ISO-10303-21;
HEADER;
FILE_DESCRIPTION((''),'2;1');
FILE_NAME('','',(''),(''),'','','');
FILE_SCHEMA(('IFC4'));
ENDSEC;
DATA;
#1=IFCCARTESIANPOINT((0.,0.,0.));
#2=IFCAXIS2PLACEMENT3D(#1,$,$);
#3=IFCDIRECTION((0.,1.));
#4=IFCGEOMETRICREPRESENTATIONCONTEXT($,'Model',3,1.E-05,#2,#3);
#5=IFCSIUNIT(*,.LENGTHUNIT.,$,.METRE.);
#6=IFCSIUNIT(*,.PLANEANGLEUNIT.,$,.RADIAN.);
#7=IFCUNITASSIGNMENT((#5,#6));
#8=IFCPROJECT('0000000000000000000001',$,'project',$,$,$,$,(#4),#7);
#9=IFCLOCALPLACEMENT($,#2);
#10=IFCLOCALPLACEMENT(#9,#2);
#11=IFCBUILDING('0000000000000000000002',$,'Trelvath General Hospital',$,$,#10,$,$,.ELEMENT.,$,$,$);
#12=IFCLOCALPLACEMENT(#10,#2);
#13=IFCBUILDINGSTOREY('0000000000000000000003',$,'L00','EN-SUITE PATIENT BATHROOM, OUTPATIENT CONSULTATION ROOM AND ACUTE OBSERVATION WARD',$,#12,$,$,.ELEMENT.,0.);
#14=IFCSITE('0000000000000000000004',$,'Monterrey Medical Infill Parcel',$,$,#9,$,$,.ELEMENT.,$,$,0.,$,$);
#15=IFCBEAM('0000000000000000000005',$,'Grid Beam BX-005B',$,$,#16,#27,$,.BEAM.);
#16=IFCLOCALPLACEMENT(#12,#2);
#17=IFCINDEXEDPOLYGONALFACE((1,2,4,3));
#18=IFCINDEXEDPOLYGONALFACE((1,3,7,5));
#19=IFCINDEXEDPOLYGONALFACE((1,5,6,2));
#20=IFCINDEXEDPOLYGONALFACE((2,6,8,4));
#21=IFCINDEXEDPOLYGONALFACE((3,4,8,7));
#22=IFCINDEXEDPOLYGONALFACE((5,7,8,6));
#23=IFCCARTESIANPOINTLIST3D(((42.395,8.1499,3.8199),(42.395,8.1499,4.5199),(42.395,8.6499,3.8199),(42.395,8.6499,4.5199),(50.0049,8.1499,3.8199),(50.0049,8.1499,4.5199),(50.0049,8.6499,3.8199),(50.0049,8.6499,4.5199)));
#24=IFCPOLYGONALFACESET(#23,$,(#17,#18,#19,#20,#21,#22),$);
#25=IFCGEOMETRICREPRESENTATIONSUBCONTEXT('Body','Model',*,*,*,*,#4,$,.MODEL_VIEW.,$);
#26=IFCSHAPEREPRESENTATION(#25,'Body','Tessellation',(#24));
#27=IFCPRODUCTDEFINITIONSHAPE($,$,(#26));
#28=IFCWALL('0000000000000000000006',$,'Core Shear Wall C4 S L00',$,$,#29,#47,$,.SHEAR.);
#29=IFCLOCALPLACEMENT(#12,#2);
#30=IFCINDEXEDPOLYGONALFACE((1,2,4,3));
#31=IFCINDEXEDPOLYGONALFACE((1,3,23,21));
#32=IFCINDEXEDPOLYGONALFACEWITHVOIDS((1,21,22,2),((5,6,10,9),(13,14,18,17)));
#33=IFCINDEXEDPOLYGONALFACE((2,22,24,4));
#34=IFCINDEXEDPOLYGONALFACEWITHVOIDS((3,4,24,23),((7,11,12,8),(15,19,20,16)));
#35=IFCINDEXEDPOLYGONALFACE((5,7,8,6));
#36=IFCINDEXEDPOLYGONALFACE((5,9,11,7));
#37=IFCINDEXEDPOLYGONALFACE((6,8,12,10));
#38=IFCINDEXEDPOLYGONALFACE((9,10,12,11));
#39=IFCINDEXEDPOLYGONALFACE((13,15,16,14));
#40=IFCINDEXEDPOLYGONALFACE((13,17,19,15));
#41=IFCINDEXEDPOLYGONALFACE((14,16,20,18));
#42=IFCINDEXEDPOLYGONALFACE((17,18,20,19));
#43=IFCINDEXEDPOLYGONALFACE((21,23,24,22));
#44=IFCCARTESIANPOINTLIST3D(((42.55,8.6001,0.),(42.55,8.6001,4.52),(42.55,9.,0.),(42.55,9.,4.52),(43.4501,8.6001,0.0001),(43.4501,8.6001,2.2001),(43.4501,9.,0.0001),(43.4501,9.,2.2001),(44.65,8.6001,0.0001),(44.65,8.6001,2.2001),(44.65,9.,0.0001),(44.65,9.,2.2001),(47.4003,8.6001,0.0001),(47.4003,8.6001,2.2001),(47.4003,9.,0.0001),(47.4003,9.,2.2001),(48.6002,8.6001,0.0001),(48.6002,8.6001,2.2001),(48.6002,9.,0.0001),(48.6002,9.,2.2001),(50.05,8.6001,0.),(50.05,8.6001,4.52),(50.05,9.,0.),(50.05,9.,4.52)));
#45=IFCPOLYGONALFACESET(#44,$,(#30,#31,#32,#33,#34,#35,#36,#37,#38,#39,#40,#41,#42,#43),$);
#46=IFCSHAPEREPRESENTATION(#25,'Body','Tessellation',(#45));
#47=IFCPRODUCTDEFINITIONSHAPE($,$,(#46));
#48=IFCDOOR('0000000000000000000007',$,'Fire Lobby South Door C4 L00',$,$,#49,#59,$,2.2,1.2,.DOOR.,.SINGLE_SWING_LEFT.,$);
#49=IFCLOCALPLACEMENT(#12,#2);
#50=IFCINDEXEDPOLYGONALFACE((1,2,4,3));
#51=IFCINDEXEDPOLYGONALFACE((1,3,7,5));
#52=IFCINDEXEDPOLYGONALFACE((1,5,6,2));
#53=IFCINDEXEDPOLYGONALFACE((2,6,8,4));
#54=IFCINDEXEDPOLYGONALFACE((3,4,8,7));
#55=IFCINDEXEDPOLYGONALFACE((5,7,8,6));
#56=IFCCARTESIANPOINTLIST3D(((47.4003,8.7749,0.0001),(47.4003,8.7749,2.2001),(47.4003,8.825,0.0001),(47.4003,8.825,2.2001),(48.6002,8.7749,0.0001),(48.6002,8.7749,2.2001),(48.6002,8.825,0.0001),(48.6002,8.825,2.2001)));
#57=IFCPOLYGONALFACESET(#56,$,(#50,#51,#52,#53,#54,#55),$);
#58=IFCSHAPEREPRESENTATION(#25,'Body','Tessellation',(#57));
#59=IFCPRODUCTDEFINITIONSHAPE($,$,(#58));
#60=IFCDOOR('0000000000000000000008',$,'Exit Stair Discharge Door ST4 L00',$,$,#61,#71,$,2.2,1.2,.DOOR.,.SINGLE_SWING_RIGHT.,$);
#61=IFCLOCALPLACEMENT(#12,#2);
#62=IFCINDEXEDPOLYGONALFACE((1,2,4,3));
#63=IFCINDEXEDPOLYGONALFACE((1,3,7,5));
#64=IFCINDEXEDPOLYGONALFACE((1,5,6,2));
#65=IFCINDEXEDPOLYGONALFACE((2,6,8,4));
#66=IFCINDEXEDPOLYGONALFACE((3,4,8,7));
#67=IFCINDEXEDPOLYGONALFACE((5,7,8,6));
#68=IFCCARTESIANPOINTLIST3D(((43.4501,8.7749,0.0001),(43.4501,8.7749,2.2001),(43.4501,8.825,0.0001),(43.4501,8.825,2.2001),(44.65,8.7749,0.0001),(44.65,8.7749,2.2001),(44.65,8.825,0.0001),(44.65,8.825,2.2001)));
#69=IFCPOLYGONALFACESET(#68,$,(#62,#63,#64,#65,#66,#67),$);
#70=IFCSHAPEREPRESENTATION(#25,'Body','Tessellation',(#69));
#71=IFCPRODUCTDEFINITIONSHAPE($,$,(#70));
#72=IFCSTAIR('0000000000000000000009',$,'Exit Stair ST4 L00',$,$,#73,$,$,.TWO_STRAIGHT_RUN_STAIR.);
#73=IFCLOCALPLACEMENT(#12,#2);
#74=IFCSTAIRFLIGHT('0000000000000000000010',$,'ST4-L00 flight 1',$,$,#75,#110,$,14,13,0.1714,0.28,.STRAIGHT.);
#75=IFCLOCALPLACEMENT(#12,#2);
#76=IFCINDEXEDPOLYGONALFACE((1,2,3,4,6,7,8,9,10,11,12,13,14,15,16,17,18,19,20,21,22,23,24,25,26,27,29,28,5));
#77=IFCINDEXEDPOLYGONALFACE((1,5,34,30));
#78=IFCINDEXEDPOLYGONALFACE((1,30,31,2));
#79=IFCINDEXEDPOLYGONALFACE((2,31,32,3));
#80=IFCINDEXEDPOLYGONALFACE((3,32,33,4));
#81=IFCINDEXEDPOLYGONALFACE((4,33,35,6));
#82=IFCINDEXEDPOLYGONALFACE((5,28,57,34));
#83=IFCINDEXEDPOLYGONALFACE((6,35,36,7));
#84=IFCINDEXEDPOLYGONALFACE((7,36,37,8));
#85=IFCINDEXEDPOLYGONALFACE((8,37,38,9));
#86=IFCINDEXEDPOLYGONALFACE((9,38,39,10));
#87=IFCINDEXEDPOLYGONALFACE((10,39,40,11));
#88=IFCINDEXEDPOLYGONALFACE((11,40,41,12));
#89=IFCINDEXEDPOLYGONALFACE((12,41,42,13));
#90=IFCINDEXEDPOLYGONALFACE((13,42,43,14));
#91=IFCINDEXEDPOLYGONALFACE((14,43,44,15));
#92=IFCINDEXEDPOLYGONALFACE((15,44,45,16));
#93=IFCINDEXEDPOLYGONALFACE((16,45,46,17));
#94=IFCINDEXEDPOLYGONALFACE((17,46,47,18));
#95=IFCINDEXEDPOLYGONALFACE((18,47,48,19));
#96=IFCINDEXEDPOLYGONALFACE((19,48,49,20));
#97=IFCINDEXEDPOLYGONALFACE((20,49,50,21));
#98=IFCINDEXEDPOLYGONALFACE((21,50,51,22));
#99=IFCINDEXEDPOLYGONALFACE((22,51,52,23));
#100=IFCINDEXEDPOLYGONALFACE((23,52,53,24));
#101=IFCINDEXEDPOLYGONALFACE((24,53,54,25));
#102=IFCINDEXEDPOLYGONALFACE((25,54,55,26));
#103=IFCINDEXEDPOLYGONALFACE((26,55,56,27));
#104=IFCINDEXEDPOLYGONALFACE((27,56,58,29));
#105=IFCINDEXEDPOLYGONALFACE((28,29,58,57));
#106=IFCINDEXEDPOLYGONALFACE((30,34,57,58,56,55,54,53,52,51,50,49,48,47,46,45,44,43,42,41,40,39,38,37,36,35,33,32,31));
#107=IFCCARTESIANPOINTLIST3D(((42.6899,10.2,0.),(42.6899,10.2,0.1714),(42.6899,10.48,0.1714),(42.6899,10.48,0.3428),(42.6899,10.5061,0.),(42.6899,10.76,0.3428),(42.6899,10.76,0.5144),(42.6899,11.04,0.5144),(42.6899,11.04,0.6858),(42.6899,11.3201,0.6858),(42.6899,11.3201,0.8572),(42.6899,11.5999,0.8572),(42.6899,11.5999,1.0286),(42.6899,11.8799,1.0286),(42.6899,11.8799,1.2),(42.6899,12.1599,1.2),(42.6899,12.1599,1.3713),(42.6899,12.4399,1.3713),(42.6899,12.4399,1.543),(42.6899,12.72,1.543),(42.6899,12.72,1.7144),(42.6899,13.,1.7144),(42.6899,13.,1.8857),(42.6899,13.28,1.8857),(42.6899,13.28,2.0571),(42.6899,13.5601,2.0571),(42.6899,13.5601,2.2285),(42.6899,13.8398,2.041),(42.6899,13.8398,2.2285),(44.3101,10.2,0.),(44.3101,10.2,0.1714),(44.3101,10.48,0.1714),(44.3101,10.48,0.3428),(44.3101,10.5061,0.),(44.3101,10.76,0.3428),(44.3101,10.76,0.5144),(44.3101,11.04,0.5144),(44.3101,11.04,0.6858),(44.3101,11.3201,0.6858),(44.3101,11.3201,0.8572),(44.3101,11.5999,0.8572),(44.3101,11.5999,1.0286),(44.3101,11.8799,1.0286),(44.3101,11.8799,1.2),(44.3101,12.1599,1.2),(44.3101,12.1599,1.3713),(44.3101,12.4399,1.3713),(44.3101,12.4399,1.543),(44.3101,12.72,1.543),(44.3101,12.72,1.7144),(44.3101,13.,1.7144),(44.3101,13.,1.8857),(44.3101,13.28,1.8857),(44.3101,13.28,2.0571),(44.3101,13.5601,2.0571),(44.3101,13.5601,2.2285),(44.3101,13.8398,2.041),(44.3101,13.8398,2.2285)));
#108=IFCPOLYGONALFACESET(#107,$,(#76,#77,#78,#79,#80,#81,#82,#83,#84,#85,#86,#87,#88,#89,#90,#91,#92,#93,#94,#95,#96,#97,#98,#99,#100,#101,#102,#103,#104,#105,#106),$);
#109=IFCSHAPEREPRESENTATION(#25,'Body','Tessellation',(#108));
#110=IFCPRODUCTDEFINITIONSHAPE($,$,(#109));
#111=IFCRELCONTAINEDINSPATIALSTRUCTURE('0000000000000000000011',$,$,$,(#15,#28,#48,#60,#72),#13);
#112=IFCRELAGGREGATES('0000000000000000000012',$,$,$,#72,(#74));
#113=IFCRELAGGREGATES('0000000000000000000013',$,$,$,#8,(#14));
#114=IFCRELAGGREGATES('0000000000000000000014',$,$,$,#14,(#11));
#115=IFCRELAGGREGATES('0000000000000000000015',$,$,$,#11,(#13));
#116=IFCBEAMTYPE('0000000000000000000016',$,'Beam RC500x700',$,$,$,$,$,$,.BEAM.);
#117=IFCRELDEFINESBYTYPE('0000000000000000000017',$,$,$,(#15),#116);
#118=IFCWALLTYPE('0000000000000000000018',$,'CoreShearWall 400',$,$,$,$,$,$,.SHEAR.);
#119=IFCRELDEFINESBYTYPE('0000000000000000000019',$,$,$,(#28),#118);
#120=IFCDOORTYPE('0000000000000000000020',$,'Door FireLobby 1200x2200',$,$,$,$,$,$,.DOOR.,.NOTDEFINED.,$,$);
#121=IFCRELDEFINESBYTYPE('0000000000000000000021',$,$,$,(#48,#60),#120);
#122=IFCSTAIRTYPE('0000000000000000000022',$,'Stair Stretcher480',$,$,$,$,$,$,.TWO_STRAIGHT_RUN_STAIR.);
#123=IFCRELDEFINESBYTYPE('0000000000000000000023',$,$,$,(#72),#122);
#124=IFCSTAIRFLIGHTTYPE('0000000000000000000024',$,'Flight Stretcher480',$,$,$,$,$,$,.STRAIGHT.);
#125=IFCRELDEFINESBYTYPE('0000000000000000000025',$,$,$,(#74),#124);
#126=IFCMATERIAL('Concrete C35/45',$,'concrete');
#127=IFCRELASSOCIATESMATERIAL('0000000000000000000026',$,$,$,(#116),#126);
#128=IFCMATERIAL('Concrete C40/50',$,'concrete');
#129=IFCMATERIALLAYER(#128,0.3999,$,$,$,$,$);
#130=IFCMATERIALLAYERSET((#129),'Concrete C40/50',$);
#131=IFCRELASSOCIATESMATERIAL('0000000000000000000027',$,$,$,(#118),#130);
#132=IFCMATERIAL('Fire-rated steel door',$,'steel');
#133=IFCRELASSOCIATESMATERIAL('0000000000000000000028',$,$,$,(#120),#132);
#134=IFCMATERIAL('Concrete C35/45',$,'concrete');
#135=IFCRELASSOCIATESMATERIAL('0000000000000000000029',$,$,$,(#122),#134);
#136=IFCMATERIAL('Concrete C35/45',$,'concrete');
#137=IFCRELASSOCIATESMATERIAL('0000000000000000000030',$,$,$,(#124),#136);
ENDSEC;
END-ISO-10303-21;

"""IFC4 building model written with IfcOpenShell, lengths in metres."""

from ifc_helpers import new_model, si_unit, direction, frame, frame_2d, origin, origin_2d, place, context, subcontext, project, spatial, polyline, rectangle, outline, extrude, material, layer, layer_set, material_profile, profile_set, type_object, element, fill, aggregate, save


model = new_model("IFC4")

# Units and contexts
model_context = context("Model", 3, precision=1e-05, world=origin(), true_north=direction((0.0, 1.0)))
body_context = subcontext(model_context, "Body", "Model", "MODEL_VIEW")
ifc_project = project(units=[si_unit("LENGTHUNIT", "METRE"), si_unit("PLANEANGLEUNIT", "RADIAN")], contexts=[model_context])

# Site, building, storey
site_placement = place(None, origin())
site = spatial("IfcSite", under=ifc_project, at=site_placement, Name="Monterrey Medical Infill Parcel", CompositionType="ELEMENT", RefElevation=0.0)
building_placement = place(site_placement, origin())
building = spatial("IfcBuilding", under=site, at=building_placement, Name="Trelvath General Hospital", CompositionType="ELEMENT")
storey_placement = place(building_placement, origin())
storey = spatial("IfcBuildingStorey", under=building, at=storey_placement, Name="L00", Description="EN-SUITE PATIENT BATHROOM, OUTPATIENT CONSULTATION ROOM AND ACUTE OBSERVATION WARD", CompositionType="ELEMENT", Elevation=0.0)

# Beam
ifc_material_1 = material(Name="Concrete C35/45", Category="concrete")
ifc_material_profile_1 = material_profile(ifc_material_1, rectangle(XDim=0.5, YDim=0.7, at=origin_2d()), Name="RCB500x700")
ifc_profile_set_1 = profile_set([ifc_material_profile_1], Name="Concrete C35/45")
beam_type_1 = type_object("IfcBeamType", Name="Beam RC500x700", PredefinedType="BEAM", material=ifc_profile_set_1)
beam_1_placement = place(storey_placement, frame((42.395, 8.3999, 4.1699), z_axis=(1.0, 0.0, 0.0), x_axis=(0.0, 1.0, 0.0)))
element("IfcBeam", 1, at=beam_1_placement, inside=storey, type_object=beam_type_1, Name="Grid Beam BX-005B", PredefinedType="BEAM", context=body_context, shape_type="SweptSolid", body=[
    extrude(rectangle(XDim=0.5, YDim=0.7, at=origin_2d()), origin(), (0.0, 0.0, 1.0), 7.6099),
])

# Wall, openings, doors
ifc_material_2 = material(Name="Concrete C40/50", Category="concrete")
ifc_layer_1 = layer(ifc_material_2, 0.3999)
ifc_layer_set_1 = layer_set([ifc_layer_1], Name="Concrete C40/50")
wall_type_1 = type_object("IfcWallType", Name="CoreShearWall 400", PredefinedType="SHEAR", material=ifc_layer_set_1)
wall_1_placement = place(storey_placement, frame((42.55, 8.8, 0.0), z_axis=(0.0, 0.0, 1.0), x_axis=(1.0, 0.0, 0.0)))
wall_1 = element("IfcWall", 2, at=wall_1_placement, inside=storey, type_object=wall_type_1, Name="Core Shear Wall C4 S L00", PredefinedType="SHEAR", context=body_context, shape_type="SweptSolid", body=[
    extrude(rectangle(XDim=7.5, YDim=0.3999, at=frame_2d((3.75, 0.0))), origin(), (0.0, 0.0, 1.0), 4.52),
])
opening_1_placement = place(wall_1_placement, frame((4.8501, 0.0, 0.0)))
opening_1 = element("IfcOpeningElement", 3, at=opening_1_placement, cuts=wall_1, PredefinedType="OPENING", context=body_context, shape_type="SweptSolid", body=[
    extrude(rectangle(XDim=1.2, YDim=2.2, at=frame_2d((0.6001, 1.1001))), frame((0.0, 0.21, 0.0), z_axis=(0.0, -1.0, 0.0), x_axis=(1.0, 0.0, 0.0)), (0.0, 0.0, 1.0), 0.4199),
])
opening_2_placement = place(wall_1_placement, frame((0.8999, 0.0, 0.0)))
opening_2 = element("IfcOpeningElement", 4, at=opening_2_placement, cuts=wall_1, PredefinedType="OPENING", context=body_context, shape_type="SweptSolid", body=[
    extrude(rectangle(XDim=1.2, YDim=2.2, at=frame_2d((0.6001, 1.1001))), frame((0.0, 0.21, 0.0), z_axis=(0.0, -1.0, 0.0), x_axis=(1.0, 0.0, 0.0)), (0.0, 0.0, 1.0), 0.4199),
])
ifc_material_3 = material(Name="Fire-rated steel door", Category="steel")
door_type_1 = type_object("IfcDoorType", Name="Door FireLobby 1200x2200", OperationType="NOTDEFINED", PredefinedType="DOOR", material=ifc_material_3)
door_1_placement = place(opening_1_placement, origin())
door_1 = element("IfcDoor", 5, at=door_1_placement, inside=storey, type_object=door_type_1, Name="Fire Lobby South Door C4 L00", OperationType="SINGLE_SWING_LEFT", OverallHeight=2.2, OverallWidth=1.2, PredefinedType="DOOR", context=body_context, shape_type="SweptSolid", body=[
    extrude(rectangle(XDim=1.2, YDim=2.2, at=frame_2d((0.6001, 1.1001))), frame((0.0, 0.0249, 0.0), z_axis=(0.0, -1.0, 0.0), x_axis=(1.0, 0.0, 0.0)), (0.0, 0.0, 1.0), 0.05),
])
fill(opening_1, door_1)
door_2_placement = place(opening_2_placement, origin())
door_2 = element("IfcDoor", 6, at=door_2_placement, inside=storey, type_object=door_type_1, Name="Exit Stair Discharge Door ST4 L00", OperationType="SINGLE_SWING_RIGHT", OverallHeight=2.2, OverallWidth=1.2, PredefinedType="DOOR", context=body_context, shape_type="SweptSolid", body=[
    extrude(rectangle(XDim=1.2, YDim=2.2, at=frame_2d((0.6001, 1.1001))), frame((0.0, 0.0249, 0.0), z_axis=(0.0, -1.0, 0.0), x_axis=(1.0, 0.0, 0.0)), (0.0, 0.0, 1.0), 0.05),
])
fill(opening_2, door_2)

# Stair, stair flight
ifc_material_4 = material(Name="Concrete C35/45", Category="concrete")
stair_type = type_object("IfcStairType", Name="Stair Stretcher480", PredefinedType="TWO_STRAIGHT_RUN_STAIR", material=ifc_material_4)
stair_placement = place(storey_placement, origin())
stair = element("IfcStair", 7, at=stair_placement, inside=storey, type_object=stair_type, Name="Exit Stair ST4 L00", PredefinedType="TWO_STRAIGHT_RUN_STAIR")
ifc_material_5 = material(Name="Concrete C35/45", Category="concrete")
stair_flight_type = type_object("IfcStairFlightType", Name="Flight Stretcher480", PredefinedType="STRAIGHT", material=ifc_material_5)
stair_flight_placement = place(storey_placement, frame((43.5, 10.2, 0.0), z_axis=(0.0, 0.0, 1.0), x_axis=(0.0, 1.0, 0.0)))
stair_flight = element("IfcStairFlight", 8, at=stair_flight_placement, type_object=stair_flight_type, Name="ST4-L00 flight 1", NumberOfRisers=14, NumberOfTreads=13, PredefinedType="STRAIGHT", RiserHeight=0.1714, TreadLength=0.28, context=body_context, shape_type="SweptSolid", body=[
    extrude(outline(polyline([(0.0, 0.0), (0.0, 0.1714), (0.28, 0.1714), (0.28, 0.3428), (0.5601, 0.3428), (0.5601, 0.5144), (0.8401, 0.5144), (0.8401, 0.6858), (1.1201, 0.6858), (1.1201, 0.8572), (1.3999, 0.8572), (1.3999, 1.0286), (1.6799, 1.0286), (1.6799, 1.2), (1.96, 1.2), (1.96, 1.3713), (2.24, 1.3713), (2.24, 1.543), (2.52, 1.543), (2.52, 1.7144), (2.8, 1.7144), (2.8, 1.8857), (3.0801, 1.8857), (3.0801, 2.0571), (3.3601, 2.0571), (3.3601, 2.2285), (3.6399, 2.2285), (3.6399, 2.3999), (3.6399, 2.041), (0.3062, 0.0), (0.0, 0.0)])), frame((0.0, 0.8101, 0.0), z_axis=(0.0, -1.0, 0.0), x_axis=(1.0, 0.0, 0.0)), (0.0, 0.0, 1.0), 1.6201),
])
aggregate(stair, [stair_flight])

save(model, "model.ifc")
